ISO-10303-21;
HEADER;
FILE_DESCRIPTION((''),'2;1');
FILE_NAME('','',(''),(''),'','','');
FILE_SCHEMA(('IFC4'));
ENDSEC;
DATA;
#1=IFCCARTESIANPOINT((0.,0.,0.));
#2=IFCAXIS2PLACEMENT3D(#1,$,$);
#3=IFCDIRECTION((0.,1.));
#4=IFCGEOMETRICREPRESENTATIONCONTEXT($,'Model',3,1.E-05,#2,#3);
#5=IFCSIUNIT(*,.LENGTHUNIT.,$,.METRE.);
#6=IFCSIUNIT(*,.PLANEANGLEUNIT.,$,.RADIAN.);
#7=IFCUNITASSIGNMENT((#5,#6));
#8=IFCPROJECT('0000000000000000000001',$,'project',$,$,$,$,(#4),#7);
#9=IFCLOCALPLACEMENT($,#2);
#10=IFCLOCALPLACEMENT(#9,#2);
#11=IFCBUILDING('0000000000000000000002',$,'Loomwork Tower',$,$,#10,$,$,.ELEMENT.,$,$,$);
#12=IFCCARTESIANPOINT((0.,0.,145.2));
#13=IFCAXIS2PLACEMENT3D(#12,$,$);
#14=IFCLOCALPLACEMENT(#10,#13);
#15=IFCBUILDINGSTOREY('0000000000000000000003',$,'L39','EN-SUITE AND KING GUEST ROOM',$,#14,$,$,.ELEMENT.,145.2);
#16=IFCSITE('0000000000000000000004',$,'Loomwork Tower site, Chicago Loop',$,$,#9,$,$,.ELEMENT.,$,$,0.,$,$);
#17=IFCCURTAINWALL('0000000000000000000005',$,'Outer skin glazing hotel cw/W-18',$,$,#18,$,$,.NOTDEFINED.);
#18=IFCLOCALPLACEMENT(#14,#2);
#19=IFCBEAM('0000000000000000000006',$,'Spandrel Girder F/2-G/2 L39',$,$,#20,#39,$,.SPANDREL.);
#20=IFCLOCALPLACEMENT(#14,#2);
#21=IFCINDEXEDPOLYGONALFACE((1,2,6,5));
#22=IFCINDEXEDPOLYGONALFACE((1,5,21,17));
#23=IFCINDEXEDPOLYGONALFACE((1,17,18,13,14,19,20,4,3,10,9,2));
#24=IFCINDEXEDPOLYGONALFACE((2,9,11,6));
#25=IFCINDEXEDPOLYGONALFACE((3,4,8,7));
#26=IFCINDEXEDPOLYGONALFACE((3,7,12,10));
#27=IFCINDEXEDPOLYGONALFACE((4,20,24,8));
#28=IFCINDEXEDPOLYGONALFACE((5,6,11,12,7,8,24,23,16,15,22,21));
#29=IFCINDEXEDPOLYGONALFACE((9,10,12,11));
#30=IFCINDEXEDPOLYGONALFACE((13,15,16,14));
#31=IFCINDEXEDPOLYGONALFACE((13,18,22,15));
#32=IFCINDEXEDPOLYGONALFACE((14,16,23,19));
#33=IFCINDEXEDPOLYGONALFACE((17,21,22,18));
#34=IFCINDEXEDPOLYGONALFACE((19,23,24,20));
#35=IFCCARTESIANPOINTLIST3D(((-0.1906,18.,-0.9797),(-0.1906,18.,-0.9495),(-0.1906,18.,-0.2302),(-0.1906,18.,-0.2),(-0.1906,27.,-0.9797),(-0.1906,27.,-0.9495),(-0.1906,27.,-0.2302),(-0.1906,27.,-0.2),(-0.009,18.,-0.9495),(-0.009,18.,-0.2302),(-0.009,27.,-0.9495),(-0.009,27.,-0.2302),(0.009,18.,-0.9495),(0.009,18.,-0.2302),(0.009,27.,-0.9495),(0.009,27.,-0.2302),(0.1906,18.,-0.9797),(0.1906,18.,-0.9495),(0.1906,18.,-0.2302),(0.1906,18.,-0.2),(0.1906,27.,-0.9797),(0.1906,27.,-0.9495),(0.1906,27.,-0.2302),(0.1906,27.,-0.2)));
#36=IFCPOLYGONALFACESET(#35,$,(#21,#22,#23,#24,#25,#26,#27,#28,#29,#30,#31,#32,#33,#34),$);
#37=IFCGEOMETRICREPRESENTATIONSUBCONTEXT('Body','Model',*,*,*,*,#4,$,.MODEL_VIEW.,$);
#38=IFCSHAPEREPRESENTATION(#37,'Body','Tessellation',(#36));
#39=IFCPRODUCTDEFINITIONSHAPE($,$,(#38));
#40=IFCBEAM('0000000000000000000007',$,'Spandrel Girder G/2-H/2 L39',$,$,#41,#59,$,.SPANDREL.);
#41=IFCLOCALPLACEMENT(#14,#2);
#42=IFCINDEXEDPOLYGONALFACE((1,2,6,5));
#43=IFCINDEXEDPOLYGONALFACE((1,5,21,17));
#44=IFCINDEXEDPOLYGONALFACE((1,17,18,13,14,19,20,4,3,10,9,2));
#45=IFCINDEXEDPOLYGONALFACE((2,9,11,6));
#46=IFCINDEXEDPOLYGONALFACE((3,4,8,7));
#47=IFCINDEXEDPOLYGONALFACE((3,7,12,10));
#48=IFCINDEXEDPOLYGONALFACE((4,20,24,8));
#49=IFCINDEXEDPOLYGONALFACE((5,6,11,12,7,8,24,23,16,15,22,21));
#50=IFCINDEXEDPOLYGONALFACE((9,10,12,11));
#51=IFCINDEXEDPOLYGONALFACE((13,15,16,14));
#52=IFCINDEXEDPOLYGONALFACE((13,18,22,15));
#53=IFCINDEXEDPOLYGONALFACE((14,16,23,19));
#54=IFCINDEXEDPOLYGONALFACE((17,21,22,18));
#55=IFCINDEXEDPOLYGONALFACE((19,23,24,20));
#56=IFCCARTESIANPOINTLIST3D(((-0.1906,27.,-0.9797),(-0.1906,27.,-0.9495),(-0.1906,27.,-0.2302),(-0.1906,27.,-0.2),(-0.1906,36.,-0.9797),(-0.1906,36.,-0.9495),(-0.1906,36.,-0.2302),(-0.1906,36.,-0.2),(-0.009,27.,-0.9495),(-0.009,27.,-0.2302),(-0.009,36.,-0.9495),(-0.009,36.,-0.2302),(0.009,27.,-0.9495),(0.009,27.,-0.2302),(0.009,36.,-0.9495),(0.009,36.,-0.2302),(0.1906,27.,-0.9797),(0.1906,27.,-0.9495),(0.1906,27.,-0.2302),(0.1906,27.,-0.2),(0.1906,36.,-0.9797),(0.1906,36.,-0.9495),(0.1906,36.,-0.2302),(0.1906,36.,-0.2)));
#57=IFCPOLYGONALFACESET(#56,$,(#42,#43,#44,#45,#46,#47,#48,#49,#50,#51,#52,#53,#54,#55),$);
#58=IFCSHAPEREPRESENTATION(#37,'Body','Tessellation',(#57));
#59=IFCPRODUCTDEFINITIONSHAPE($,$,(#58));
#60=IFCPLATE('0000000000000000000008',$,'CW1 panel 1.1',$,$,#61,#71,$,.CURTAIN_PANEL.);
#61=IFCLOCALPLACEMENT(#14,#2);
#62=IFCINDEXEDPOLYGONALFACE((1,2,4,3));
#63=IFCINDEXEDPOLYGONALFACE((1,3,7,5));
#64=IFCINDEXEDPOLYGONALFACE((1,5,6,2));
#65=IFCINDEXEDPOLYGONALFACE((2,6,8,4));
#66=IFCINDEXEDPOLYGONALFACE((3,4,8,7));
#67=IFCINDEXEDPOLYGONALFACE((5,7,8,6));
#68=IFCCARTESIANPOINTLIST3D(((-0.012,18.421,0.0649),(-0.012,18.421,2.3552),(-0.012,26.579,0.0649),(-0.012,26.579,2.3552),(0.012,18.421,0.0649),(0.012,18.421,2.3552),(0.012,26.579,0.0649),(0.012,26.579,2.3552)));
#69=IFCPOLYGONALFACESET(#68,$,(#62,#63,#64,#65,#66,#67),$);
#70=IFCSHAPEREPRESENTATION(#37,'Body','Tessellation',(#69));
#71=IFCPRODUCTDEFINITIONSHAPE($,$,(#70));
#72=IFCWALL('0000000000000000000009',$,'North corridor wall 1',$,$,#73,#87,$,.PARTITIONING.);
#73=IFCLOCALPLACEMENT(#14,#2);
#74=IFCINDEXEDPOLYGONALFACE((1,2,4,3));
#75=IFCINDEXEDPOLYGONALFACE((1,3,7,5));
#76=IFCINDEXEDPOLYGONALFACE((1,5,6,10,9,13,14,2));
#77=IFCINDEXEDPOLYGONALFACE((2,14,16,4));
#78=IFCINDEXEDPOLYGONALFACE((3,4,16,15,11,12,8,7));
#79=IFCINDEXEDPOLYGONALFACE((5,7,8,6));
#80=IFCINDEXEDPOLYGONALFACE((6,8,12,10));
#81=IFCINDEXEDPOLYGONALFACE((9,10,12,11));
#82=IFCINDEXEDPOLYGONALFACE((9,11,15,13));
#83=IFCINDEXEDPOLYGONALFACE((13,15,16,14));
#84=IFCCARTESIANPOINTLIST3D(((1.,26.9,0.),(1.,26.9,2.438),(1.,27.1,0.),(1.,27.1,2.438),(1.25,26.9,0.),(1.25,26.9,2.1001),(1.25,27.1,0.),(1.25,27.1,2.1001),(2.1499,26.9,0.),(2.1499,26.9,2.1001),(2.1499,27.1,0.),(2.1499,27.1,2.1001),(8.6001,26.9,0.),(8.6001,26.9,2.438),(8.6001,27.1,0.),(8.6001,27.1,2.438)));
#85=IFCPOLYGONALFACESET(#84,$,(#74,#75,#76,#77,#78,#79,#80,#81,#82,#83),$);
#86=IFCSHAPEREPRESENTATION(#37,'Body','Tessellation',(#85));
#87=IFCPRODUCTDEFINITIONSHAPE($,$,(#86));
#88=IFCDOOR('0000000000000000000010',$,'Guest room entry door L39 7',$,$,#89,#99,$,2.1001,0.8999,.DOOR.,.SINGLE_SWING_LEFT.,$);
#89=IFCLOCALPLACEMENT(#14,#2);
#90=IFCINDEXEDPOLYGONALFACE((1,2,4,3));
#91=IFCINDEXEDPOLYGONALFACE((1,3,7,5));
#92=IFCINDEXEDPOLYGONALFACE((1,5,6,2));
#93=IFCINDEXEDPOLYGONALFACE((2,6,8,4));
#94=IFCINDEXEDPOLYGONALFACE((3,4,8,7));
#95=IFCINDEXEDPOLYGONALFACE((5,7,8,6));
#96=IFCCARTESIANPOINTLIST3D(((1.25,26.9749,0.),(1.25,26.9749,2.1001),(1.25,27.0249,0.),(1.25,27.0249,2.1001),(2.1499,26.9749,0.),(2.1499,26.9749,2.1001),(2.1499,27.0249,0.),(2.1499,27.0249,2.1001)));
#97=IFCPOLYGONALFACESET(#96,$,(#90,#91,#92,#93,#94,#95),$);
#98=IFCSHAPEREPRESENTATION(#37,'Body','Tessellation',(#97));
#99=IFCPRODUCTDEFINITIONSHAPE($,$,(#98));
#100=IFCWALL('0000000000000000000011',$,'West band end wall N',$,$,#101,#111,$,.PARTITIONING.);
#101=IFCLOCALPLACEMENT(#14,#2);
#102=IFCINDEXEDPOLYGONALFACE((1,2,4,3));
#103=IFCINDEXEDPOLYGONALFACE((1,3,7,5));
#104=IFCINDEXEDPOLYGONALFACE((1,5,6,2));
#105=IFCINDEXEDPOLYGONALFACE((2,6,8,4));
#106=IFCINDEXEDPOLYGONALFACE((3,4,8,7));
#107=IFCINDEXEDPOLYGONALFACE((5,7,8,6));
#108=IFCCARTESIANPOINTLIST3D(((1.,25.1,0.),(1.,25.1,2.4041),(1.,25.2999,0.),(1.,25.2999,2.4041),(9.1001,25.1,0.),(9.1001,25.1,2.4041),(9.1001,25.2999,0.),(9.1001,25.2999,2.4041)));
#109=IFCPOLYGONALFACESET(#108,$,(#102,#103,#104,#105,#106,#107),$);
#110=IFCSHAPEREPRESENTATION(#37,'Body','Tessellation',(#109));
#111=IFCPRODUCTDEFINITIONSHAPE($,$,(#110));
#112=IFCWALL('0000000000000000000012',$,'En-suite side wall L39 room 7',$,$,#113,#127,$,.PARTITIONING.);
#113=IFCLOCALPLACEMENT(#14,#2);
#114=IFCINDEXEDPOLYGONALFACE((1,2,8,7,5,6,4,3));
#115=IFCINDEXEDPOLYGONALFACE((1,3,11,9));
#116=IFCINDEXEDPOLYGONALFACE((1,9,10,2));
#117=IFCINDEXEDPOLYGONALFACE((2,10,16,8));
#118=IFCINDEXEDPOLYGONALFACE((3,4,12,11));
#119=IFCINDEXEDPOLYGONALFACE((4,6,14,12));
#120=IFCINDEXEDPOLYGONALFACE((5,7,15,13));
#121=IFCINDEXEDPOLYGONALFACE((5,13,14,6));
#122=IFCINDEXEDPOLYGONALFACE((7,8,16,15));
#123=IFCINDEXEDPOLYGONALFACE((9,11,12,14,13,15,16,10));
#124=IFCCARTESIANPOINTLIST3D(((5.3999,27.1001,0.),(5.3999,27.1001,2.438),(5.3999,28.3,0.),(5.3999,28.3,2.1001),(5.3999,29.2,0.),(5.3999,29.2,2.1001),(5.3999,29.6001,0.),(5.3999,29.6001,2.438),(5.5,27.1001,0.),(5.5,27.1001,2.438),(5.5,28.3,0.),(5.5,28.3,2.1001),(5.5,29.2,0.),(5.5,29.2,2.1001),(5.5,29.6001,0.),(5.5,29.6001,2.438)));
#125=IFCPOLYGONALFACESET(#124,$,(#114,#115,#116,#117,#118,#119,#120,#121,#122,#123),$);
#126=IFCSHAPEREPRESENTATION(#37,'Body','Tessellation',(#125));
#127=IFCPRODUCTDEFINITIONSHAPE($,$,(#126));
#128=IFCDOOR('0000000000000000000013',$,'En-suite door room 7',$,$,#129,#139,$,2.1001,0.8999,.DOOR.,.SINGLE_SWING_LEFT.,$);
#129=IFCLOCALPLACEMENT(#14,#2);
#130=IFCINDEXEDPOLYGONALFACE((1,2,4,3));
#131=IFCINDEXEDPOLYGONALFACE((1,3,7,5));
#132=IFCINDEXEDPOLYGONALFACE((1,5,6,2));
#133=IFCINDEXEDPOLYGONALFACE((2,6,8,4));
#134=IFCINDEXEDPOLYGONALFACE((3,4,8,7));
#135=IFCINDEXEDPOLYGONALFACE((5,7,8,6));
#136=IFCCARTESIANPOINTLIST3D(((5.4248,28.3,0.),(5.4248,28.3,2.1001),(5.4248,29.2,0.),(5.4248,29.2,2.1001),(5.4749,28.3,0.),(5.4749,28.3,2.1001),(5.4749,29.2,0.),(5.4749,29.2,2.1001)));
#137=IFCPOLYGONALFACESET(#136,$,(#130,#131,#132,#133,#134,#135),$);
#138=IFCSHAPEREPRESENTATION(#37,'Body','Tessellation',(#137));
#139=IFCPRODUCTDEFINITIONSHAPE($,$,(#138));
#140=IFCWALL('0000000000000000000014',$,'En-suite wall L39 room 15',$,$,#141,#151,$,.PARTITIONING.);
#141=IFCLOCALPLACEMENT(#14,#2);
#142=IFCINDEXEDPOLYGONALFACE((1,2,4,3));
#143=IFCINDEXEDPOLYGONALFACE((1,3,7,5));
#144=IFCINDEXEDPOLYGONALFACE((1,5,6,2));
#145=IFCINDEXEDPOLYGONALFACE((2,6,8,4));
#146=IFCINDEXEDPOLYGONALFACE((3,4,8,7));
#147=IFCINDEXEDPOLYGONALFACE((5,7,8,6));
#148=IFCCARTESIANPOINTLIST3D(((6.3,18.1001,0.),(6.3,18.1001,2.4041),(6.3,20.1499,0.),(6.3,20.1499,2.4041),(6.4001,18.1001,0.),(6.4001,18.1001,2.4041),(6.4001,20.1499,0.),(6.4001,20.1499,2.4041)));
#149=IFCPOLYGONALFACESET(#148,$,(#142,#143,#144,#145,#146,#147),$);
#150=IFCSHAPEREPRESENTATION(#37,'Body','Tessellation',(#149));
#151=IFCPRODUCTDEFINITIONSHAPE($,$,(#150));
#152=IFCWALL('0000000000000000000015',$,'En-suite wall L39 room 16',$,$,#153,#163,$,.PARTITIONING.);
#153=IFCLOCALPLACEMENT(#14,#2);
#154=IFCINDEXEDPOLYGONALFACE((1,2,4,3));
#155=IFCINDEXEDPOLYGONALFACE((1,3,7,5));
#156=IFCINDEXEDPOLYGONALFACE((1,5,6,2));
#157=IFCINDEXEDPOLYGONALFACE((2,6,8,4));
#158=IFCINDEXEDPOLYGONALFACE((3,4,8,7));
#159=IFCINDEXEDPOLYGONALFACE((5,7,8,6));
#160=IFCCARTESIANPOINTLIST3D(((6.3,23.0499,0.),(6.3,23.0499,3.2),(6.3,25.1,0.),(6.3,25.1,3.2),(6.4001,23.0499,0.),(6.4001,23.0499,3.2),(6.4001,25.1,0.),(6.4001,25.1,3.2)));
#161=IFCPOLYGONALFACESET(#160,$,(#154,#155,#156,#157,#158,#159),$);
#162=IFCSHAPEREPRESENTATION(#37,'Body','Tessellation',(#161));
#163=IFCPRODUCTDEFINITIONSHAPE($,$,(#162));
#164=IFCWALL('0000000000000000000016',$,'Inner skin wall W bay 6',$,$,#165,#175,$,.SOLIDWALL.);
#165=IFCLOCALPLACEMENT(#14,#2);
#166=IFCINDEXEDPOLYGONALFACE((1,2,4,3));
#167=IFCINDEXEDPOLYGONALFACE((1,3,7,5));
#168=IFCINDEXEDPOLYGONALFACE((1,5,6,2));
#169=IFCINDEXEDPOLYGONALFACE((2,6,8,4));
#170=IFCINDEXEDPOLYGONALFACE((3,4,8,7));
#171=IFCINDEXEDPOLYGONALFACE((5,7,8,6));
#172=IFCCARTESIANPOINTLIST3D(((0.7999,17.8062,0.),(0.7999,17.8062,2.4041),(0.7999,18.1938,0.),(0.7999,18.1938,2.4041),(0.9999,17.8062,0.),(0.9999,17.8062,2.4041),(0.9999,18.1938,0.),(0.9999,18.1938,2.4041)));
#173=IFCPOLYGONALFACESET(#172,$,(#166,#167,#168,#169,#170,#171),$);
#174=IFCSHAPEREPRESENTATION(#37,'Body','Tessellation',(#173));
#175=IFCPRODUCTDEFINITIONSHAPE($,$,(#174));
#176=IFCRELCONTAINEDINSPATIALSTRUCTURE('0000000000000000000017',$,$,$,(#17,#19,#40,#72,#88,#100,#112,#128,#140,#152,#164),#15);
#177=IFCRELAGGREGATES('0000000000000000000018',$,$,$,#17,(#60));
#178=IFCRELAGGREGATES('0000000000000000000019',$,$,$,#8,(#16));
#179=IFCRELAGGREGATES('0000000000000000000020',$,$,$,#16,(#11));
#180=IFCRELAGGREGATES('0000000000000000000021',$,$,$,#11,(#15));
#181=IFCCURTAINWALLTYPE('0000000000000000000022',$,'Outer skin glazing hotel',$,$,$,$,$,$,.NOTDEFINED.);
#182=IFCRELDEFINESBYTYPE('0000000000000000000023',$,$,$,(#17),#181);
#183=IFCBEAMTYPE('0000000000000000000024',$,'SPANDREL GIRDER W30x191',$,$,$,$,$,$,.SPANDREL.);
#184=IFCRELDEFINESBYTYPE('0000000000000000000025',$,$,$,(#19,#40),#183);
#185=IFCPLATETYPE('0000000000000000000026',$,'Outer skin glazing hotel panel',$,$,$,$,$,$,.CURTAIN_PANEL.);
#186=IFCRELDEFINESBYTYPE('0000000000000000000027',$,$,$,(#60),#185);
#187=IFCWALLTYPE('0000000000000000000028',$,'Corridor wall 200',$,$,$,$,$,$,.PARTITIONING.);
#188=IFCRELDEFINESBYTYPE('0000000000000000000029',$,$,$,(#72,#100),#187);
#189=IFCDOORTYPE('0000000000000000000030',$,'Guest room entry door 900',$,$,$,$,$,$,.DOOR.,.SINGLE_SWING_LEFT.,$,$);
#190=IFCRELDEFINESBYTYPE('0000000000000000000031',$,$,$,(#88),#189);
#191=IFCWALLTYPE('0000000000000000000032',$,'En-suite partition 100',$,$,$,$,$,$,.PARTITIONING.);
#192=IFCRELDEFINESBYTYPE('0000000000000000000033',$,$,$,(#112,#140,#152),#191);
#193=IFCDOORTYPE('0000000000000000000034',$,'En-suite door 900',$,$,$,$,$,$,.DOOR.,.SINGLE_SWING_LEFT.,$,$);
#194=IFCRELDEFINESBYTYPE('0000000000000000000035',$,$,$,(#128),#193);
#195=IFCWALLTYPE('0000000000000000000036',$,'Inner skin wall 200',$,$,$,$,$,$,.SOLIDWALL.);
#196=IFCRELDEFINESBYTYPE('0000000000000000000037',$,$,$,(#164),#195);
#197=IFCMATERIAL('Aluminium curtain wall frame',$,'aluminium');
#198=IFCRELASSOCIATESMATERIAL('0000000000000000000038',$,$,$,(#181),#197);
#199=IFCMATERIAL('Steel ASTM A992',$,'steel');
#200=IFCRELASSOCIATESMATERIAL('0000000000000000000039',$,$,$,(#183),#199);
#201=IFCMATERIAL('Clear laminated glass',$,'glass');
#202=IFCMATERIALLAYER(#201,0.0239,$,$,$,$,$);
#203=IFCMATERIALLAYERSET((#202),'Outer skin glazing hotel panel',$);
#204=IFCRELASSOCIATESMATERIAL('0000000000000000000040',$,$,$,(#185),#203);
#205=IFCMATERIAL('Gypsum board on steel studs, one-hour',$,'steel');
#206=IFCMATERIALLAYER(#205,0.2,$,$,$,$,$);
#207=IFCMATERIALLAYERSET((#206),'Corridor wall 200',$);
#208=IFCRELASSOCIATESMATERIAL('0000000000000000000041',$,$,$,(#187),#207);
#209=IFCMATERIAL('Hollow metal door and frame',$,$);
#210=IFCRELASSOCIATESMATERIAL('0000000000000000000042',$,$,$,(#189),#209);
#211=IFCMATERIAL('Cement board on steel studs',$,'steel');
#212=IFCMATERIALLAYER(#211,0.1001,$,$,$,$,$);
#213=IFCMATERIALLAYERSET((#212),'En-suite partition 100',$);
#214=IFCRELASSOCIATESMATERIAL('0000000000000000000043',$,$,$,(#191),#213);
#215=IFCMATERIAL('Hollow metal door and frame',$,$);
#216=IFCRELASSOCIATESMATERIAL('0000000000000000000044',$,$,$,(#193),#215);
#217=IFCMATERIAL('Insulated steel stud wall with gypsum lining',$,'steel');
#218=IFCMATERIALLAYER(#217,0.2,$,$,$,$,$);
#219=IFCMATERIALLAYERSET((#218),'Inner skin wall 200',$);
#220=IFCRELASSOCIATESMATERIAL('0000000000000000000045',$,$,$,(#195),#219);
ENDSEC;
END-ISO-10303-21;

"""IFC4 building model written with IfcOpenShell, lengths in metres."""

from ifc_helpers import new_model, si_unit, direction, frame, frame_2d, origin, origin_2d, place, context, subcontext, project, spatial, rectangle, i_section, extrude, material, layer, layer_set, material_profile, profile_set, type_object, element, fill, aggregate, save


model = new_model("IFC4")

# Units and contexts
model_context = context("Model", 3, precision=1e-05, world=origin(), true_north=direction((0.0, 1.0)))
body_context = subcontext(model_context, "Body", "Model", "MODEL_VIEW")
ifc_project = project(units=[si_unit("LENGTHUNIT", "METRE"), si_unit("PLANEANGLEUNIT", "RADIAN")], contexts=[model_context])

# Site, building, storey
site_placement = place(None, origin())
site = spatial("IfcSite", under=ifc_project, at=site_placement, Name="Loomwork Tower site, Chicago Loop", CompositionType="ELEMENT", RefElevation=0.0)
building_placement = place(site_placement, origin())
building = spatial("IfcBuilding", under=site, at=building_placement, Name="Loomwork Tower", CompositionType="ELEMENT")
storey_placement = place(building_placement, frame((0.0, 0.0, 145.2)))
storey = spatial("IfcBuildingStorey", under=building, at=storey_placement, Name="L39", Description="EN-SUITE AND KING GUEST ROOM", CompositionType="ELEMENT", Elevation=145.2)

# Curtain wall
ifc_material_1 = material(Name="Aluminium curtain wall frame", Category="aluminium")
curtain_wall_type = type_object("IfcCurtainWallType", Name="Outer skin glazing hotel", PredefinedType="NOTDEFINED", material=ifc_material_1)
curtain_wall_1_placement = place(storey_placement, origin())
curtain_wall_1 = element("IfcCurtainWall", 1, at=curtain_wall_1_placement, inside=storey, type_object=curtain_wall_type, Name="Outer skin glazing hotel cw/W-18", PredefinedType="NOTDEFINED")

# Beams
ifc_material_2 = material(Name="Steel ASTM A992", Category="steel")
ifc_material_profile_1 = material_profile(ifc_material_2, i_section(OverallWidth=0.3811, OverallDepth=0.7798, WebThickness=0.0181, FlangeThickness=0.0303, at=origin_2d()), Name="W30x191")
ifc_profile_set_1 = profile_set([ifc_material_profile_1], Name="Steel ASTM A992")
beam_type_1 = type_object("IfcBeamType", Name="SPANDREL GIRDER W30x191", PredefinedType="SPANDREL", material=ifc_profile_set_1)
for number, where, z_axis, x_axis, name in (
    (2, (0.0, 18.0, -0.5898), (0.0, 1.0, 0.0), (-1.0, 0.0, 0.0), "Spandrel Girder F/2-G/2 L39"),
    (3, (0.0, 27.0, -0.5898), (0.0, 1.0, 0.0), (-1.0, 0.0, 0.0), "Spandrel Girder G/2-H/2 L39"),
):
    element("IfcBeam", number, at=place(storey_placement, frame(where, z_axis=z_axis, x_axis=x_axis)), inside=storey, type_object=beam_type_1, Name=name, PredefinedType="SPANDREL", context=body_context, shape_type="SweptSolid", body=[
        extrude(i_section(OverallWidth=0.3811, OverallDepth=0.7798, WebThickness=0.0181, FlangeThickness=0.0303, at=origin_2d()), origin(), (0.0, 0.0, 1.0), 9.0),
    ])

# Plate
ifc_material_3 = material(Name="Clear laminated glass", Category="glass")
ifc_layer_1 = layer(ifc_material_3, 0.0239)
ifc_layer_set_1 = layer_set([ifc_layer_1], Name="Outer skin glazing hotel panel")
plate_type = type_object("IfcPlateType", Name="Outer skin glazing hotel panel", PredefinedType="CURTAIN_PANEL", material=ifc_layer_set_1)
plate_placement = place(storey_placement, frame((0.0, 22.5, 0.0649), z_axis=(0.0, 0.0, 1.0), x_axis=(0.0, -1.0, 0.0)))
plate = element("IfcPlate", 4, at=plate_placement, type_object=plate_type, Name="CW1 panel 1.1", PredefinedType="CURTAIN_PANEL", context=body_context, shape_type="SweptSolid", body=[
    extrude(rectangle(XDim=8.158, YDim=0.0239, at=origin_2d()), origin(), (0.0, 0.0, 1.0), 2.2903),
])
aggregate(curtain_wall_1, [plate])

# Wall, opening, door
ifc_material_4 = material(Name="Gypsum board on steel studs, one-hour", Category="steel")
ifc_layer_2 = layer(ifc_material_4, 0.2)
ifc_layer_set_2 = layer_set([ifc_layer_2], Name="Corridor wall 200")
wall_type_1 = type_object("IfcWallType", Name="Corridor wall 200", PredefinedType="PARTITIONING", material=ifc_layer_set_2)
wall_1_placement = place(storey_placement, frame((1.0, 27.0, 0.0), z_axis=(0.0, 0.0, 1.0), x_axis=(1.0, 0.0, 0.0)))
wall_1 = element("IfcWall", 5, at=wall_1_placement, inside=storey, type_object=wall_type_1, Name="North corridor wall 1", PredefinedType="PARTITIONING", context=body_context, shape_type="SweptSolid", body=[
    extrude(rectangle(XDim=7.6001, YDim=0.2, at=frame_2d((3.8, 0.0))), origin(), (0.0, 0.0, 1.0), 2.438),
])
opening_1_placement = place(wall_1_placement, frame((0.25, 0.0, 0.0)))
opening_1 = element("IfcOpeningElement", 6, at=opening_1_placement, cuts=wall_1, PredefinedType="OPENING", context=body_context, shape_type="SweptSolid", body=[
    extrude(rectangle(XDim=0.8999, YDim=2.1001, at=frame_2d((0.45, 1.05))), frame((0.0, 0.1099, 0.0), z_axis=(0.0, -1.0, 0.0), x_axis=(1.0, 0.0, 0.0)), (0.0, 0.0, 1.0), 0.22),
])
ifc_material_5 = material(Name="Hollow metal door and frame")
door_type_1 = type_object("IfcDoorType", Name="Guest room entry door 900", OperationType="SINGLE_SWING_LEFT", PredefinedType="DOOR", material=ifc_material_5)
door_1_placement = place(opening_1_placement, origin())
door_1 = element("IfcDoor", 7, at=door_1_placement, inside=storey, type_object=door_type_1, Name="Guest room entry door L39 7", OperationType="SINGLE_SWING_LEFT", OverallHeight=2.1001, OverallWidth=0.8999, PredefinedType="DOOR", context=body_context, shape_type="SweptSolid", body=[
    extrude(rectangle(XDim=0.8999, YDim=2.1001, at=frame_2d((0.45, 1.05))), frame((0.0, 0.0249, 0.0), z_axis=(0.0, -1.0, 0.0), x_axis=(1.0, 0.0, 0.0)), (0.0, 0.0, 1.0), 0.05),
])
fill(opening_1, door_1)

# Wall
wall_2_placement = place(storey_placement, frame((1.0, 25.2, 0.0), z_axis=(0.0, 0.0, 1.0), x_axis=(1.0, 0.0, 0.0)))
element("IfcWall", 8, at=wall_2_placement, inside=storey, type_object=wall_type_1, Name="West band end wall N", PredefinedType="PARTITIONING", context=body_context, shape_type="SweptSolid", body=[
    extrude(rectangle(XDim=8.1001, YDim=0.2, at=frame_2d((4.05, 0.0))), origin(), (0.0, 0.0, 1.0), 2.4041),
])

# Wall, opening, door
ifc_material_6 = material(Name="Cement board on steel studs", Category="steel")
ifc_layer_3 = layer(ifc_material_6, 0.1001)
ifc_layer_set_3 = layer_set([ifc_layer_3], Name="En-suite partition 100")
wall_type_2 = type_object("IfcWallType", Name="En-suite partition 100", PredefinedType="PARTITIONING", material=ifc_layer_set_3)
wall_3_placement = place(storey_placement, frame((5.45, 27.1001, 0.0), z_axis=(0.0, 0.0, 1.0), x_axis=(0.0, 1.0, 0.0)))
wall_3 = element("IfcWall", 9, at=wall_3_placement, inside=storey, type_object=wall_type_2, Name="En-suite side wall L39 room 7", PredefinedType="PARTITIONING", context=body_context, shape_type="SweptSolid", body=[
    extrude(rectangle(XDim=2.5, YDim=0.1001, at=frame_2d((1.25, 0.0))), origin(), (0.0, 0.0, 1.0), 2.438),
])
opening_2_placement = place(wall_3_placement, frame((1.2, 0.0, 0.0)))
opening_2 = element("IfcOpeningElement", 10, at=opening_2_placement, cuts=wall_3, PredefinedType="OPENING", context=body_context, shape_type="SweptSolid", body=[
    extrude(rectangle(XDim=0.8999, YDim=2.1001, at=frame_2d((0.45, 1.05))), frame((0.0, 0.0601, 0.0), z_axis=(0.0, -1.0, 0.0), x_axis=(1.0, 0.0, 0.0)), (0.0, 0.0, 1.0), 0.1201),
])
ifc_material_7 = material(Name="Hollow metal door and frame")
door_type_2 = type_object("IfcDoorType", Name="En-suite door 900", OperationType="SINGLE_SWING_LEFT", PredefinedType="DOOR", material=ifc_material_7)
door_2_placement = place(opening_2_placement, frame((0.8999, 0.0, 0.0), z_axis=(0.0, 0.0, 1.0), x_axis=(-1.0, 0.0, 0.0)))
door_2 = element("IfcDoor", 11, at=door_2_placement, inside=storey, type_object=door_type_2, Name="En-suite door room 7", OperationType="SINGLE_SWING_LEFT", OverallHeight=2.1001, OverallWidth=0.8999, PredefinedType="DOOR", context=body_context, shape_type="SweptSolid", body=[
    extrude(rectangle(XDim=0.8999, YDim=2.1001, at=frame_2d((0.45, 1.05))), frame((0.0, 0.0249, 0.0), z_axis=(0.0, -1.0, 0.0), x_axis=(1.0, 0.0, 0.0)), (0.0, 0.0, 1.0), 0.05),
])
fill(opening_2, door_2)

# Walls
wall_4_placement = place(storey_placement, frame((6.3501, 18.1001, 0.0), z_axis=(0.0, 0.0, 1.0), x_axis=(0.0, 1.0, 0.0)))
element("IfcWall", 12, at=wall_4_placement, inside=storey, type_object=wall_type_2, Name="En-suite wall L39 room 15", PredefinedType="PARTITIONING", context=body_context, shape_type="SweptSolid", body=[
    extrude(rectangle(XDim=2.0498, YDim=0.1001, at=frame_2d((1.0249, 0.0))), origin(), (0.0, 0.0, 1.0), 2.4041),
])
wall_5_placement = place(storey_placement, frame((6.3501, 23.05, 0.0), z_axis=(0.0, 0.0, 1.0), x_axis=(0.0, 1.0, 0.0)))
element("IfcWall", 13, at=wall_5_placement, inside=storey, type_object=wall_type_2, Name="En-suite wall L39 room 16", PredefinedType="PARTITIONING", context=body_context, shape_type="SweptSolid", body=[
    extrude(rectangle(XDim=2.05, YDim=0.1001, at=frame_2d((1.0249, 0.0))), origin(), (0.0, 0.0, 1.0), 3.2),
])
ifc_material_8 = material(Name="Insulated steel stud wall with gypsum lining", Category="steel")
ifc_layer_4 = layer(ifc_material_8, 0.2)
ifc_layer_set_4 = layer_set([ifc_layer_4], Name="Inner skin wall 200")
wall_type_3 = type_object("IfcWallType", Name="Inner skin wall 200", PredefinedType="SOLIDWALL", material=ifc_layer_set_4)
wall_6_placement = place(storey_placement, frame((0.8999, 17.8062, 0.0), z_axis=(0.0, 0.0, 1.0), x_axis=(0.0, 1.0, 0.0)))
element("IfcWall", 14, at=wall_6_placement, inside=storey, type_object=wall_type_3, Name="Inner skin wall W bay 6", PredefinedType="SOLIDWALL", context=body_context, shape_type="SweptSolid", body=[
    extrude(rectangle(XDim=0.3877, YDim=0.2, at=frame_2d((0.1938, 0.0))), origin(), (0.0, 0.0, 1.0), 2.4041),
])

save(model, "model.ifc")
